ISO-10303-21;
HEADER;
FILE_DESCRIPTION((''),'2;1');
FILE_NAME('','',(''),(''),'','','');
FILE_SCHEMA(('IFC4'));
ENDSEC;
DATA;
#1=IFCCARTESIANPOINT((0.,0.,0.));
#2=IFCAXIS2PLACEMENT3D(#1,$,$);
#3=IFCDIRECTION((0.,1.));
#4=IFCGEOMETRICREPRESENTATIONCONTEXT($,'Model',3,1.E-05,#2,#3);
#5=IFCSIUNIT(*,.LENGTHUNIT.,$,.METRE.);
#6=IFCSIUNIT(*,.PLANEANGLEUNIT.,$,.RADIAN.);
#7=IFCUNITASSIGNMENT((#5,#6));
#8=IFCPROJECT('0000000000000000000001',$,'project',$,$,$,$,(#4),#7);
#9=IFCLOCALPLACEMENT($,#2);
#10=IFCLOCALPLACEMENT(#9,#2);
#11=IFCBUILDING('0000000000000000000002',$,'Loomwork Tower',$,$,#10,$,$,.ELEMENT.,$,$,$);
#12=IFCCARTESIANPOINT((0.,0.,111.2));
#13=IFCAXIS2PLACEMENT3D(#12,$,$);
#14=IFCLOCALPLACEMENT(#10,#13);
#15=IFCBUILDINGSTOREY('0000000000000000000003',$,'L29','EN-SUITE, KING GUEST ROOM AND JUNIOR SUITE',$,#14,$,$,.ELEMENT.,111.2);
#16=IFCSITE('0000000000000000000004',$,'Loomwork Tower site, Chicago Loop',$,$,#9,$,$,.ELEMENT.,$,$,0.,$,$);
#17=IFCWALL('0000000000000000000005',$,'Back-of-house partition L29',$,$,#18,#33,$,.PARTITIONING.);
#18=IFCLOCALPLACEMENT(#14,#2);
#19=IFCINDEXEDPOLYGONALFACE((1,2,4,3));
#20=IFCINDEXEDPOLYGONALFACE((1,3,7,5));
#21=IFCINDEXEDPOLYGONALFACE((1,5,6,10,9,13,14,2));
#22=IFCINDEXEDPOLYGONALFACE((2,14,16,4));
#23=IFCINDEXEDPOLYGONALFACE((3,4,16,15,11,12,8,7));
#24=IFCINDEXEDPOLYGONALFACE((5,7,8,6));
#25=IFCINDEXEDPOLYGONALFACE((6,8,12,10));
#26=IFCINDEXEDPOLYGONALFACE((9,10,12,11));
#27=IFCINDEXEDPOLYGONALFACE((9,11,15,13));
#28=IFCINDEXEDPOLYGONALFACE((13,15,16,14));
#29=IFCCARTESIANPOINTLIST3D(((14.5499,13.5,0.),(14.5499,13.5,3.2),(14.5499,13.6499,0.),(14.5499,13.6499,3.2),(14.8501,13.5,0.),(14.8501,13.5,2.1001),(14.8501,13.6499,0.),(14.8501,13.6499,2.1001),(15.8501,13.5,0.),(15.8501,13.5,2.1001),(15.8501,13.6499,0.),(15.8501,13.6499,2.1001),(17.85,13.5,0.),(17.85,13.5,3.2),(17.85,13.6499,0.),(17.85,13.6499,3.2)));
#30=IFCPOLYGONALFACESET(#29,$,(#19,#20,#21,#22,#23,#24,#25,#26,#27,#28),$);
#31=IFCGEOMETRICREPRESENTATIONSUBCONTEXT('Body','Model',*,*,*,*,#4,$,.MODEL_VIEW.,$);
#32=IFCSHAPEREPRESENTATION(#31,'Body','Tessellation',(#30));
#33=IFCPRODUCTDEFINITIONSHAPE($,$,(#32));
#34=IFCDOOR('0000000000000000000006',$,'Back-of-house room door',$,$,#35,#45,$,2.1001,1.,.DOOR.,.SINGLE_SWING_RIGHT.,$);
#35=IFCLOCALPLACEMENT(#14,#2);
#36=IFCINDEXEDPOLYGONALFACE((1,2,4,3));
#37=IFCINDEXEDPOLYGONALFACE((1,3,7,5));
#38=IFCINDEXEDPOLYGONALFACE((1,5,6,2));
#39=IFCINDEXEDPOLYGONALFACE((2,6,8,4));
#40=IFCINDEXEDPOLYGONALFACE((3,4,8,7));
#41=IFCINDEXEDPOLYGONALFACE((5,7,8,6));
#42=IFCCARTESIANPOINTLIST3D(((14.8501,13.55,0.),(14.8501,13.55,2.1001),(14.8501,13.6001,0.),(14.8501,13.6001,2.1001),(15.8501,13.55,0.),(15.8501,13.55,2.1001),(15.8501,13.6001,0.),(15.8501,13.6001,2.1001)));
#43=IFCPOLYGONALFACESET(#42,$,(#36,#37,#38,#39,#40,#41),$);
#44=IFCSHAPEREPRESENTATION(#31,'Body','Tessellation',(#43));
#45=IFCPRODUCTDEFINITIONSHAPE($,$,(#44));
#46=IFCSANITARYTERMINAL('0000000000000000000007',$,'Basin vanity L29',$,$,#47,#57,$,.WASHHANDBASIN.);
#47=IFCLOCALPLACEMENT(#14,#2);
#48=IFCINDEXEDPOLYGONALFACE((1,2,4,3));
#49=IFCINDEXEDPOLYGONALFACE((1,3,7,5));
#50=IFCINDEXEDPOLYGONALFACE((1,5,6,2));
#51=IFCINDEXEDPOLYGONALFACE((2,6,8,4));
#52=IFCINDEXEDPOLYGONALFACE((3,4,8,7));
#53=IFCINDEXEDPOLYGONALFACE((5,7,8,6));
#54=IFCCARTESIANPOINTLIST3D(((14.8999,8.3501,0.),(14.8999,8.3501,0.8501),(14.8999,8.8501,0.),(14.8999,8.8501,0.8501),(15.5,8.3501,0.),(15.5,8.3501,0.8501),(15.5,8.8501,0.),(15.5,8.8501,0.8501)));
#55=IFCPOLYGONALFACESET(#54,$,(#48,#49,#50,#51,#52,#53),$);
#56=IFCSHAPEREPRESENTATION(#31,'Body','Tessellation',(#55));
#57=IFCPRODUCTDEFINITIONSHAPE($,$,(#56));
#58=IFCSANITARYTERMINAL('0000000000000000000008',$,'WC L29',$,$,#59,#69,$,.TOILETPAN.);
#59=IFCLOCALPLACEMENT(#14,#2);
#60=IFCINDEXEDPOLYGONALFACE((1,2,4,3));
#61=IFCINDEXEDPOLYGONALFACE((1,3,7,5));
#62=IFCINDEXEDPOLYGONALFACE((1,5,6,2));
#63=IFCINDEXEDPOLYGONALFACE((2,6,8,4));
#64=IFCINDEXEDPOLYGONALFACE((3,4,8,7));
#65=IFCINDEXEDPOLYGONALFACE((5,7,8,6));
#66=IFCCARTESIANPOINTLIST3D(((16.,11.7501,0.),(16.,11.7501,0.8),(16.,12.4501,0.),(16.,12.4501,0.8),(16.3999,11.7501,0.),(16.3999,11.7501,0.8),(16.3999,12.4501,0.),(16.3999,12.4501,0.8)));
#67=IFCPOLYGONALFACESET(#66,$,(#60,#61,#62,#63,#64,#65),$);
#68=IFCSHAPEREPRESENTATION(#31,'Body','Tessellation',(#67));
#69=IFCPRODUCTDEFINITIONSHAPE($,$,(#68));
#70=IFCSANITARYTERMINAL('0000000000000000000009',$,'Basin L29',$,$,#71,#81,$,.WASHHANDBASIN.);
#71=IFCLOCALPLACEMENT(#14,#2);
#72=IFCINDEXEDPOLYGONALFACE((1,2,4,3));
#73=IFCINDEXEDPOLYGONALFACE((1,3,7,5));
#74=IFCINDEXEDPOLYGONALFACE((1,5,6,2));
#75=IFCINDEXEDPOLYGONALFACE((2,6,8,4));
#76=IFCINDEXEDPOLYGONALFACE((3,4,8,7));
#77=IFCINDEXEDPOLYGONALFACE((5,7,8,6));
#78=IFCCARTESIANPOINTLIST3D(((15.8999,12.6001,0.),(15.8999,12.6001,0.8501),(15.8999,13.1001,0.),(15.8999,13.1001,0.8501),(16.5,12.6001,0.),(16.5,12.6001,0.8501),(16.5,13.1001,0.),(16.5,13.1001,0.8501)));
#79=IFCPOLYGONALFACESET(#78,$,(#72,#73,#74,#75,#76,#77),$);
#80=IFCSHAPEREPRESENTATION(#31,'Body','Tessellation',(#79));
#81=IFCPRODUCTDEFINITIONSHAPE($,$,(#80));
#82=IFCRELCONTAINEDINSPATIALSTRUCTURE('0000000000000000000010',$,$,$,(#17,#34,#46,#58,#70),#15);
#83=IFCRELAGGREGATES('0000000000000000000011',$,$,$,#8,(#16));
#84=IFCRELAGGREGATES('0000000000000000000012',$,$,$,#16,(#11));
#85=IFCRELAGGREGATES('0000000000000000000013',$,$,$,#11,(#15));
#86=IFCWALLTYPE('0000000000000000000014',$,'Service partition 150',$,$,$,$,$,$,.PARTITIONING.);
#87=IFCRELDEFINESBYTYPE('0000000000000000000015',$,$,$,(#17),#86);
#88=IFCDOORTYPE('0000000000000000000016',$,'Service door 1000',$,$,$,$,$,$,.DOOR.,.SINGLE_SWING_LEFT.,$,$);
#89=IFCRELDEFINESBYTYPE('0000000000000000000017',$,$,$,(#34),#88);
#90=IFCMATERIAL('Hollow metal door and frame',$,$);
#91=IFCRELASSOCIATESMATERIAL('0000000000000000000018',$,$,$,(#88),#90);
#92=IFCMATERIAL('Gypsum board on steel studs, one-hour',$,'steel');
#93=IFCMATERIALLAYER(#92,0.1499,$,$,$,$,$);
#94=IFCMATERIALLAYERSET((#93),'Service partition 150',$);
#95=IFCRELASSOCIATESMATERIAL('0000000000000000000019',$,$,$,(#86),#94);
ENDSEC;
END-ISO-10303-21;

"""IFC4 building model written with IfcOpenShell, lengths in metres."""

from ifc_helpers import new_model, si_unit, direction, frame, frame_2d, origin, origin_2d, place, context, subcontext, project, spatial, rectangle, extrude, material, layer, layer_set, type_object, element, fill, save


model = new_model("IFC4")

# Units and contexts
model_context = context("Model", 3, precision=1e-05, world=origin(), true_north=direction((0.0, 1.0)))
body_context = subcontext(model_context, "Body", "Model", "MODEL_VIEW")
ifc_project = project(units=[si_unit("LENGTHUNIT", "METRE"), si_unit("PLANEANGLEUNIT", "RADIAN")], contexts=[model_context])

# Site, building, storey
site_placement = place(None, origin())
site = spatial("IfcSite", under=ifc_project, at=site_placement, Name="Loomwork Tower site, Chicago Loop", CompositionType="ELEMENT", RefElevation=0.0)
building_placement = place(site_placement, origin())
building = spatial("IfcBuilding", under=site, at=building_placement, Name="Loomwork Tower", CompositionType="ELEMENT")
storey_placement = place(building_placement, frame((0.0, 0.0, 111.2)))
storey = spatial("IfcBuildingStorey", under=building, at=storey_placement, Name="L29", Description="EN-SUITE, KING GUEST ROOM AND JUNIOR SUITE", CompositionType="ELEMENT", Elevation=111.2)

# Shared definitions
ifc_material_1 = material(Name="Hollow metal door and frame")
door_type_1 = type_object("IfcDoorType", Name="Service door 1000", OperationType="SINGLE_SWING_LEFT", PredefinedType="DOOR", material=ifc_material_1)

# Wall, opening, door
ifc_material_2 = material(Name="Gypsum board on steel studs, one-hour", Category="steel")
ifc_layer_1 = layer(ifc_material_2, 0.1499)
ifc_layer_set_1 = layer_set([ifc_layer_1], Name="Service partition 150")
wall_type_1 = type_object("IfcWallType", Name="Service partition 150", PredefinedType="PARTITIONING", material=ifc_layer_set_1)
wall_1_placement = place(storey_placement, frame((14.55, 13.575, 0.0), z_axis=(0.0, 0.0, 1.0), x_axis=(1.0, 0.0, 0.0)))
wall_1 = element("IfcWall", 1, at=wall_1_placement, inside=storey, type_object=wall_type_1, Name="Back-of-house partition L29", PredefinedType="PARTITIONING", context=body_context, shape_type="SweptSolid", body=[
    extrude(rectangle(XDim=3.3, YDim=0.1499, at=frame_2d((1.6499, 0.0))), origin(), (0.0, 0.0, 1.0), 3.2),
])
opening_1_placement = place(wall_1_placement, frame((0.3, 0.0, 0.0)))
opening_1 = element("IfcOpeningElement", 2, at=opening_1_placement, cuts=wall_1, PredefinedType="OPENING", context=body_context, shape_type="SweptSolid", body=[
    extrude(rectangle(XDim=1.0, YDim=2.1001, at=frame_2d((0.5, 1.05))), frame((0.0, 0.085, 0.0), z_axis=(0.0, -1.0, 0.0), x_axis=(1.0, 0.0, 0.0)), (0.0, 0.0, 1.0), 0.1699),
])
door_1_placement = place(opening_1_placement, frame((1.0, 0.0, 0.0), z_axis=(0.0, 0.0, 1.0), x_axis=(-1.0, 0.0, 0.0)))
door_1 = element("IfcDoor", 3, at=door_1_placement, inside=storey, type_object=door_type_1, Name="Back-of-house room door", OperationType="SINGLE_SWING_RIGHT", OverallHeight=2.1001, OverallWidth=1.0, PredefinedType="DOOR", context=body_context, shape_type="SweptSolid", body=[
    extrude(rectangle(XDim=1.0, YDim=2.1001, at=frame_2d((0.5, 1.05))), frame((0.0, 0.0249, 0.0), z_axis=(0.0, -1.0, 0.0), x_axis=(1.0, 0.0, 0.0)), (0.0, 0.0, 1.0), 0.05),
])
fill(opening_1, door_1)

# Sanitary terminals
sanitary_terminal_1_placement = place(storey_placement, frame((15.2, 8.6001, 0.0), z_axis=(0.0, 0.0, 1.0), x_axis=(1.0, 0.0, 0.0)))
element("IfcSanitaryTerminal", 4, at=sanitary_terminal_1_placement, inside=storey, Name="Basin vanity L29", PredefinedType="WASHHANDBASIN", context=body_context, shape_type="SweptSolid", body=[
    extrude(rectangle(XDim=0.6001, YDim=0.5, at=origin_2d()), origin(), (0.0, 0.0, 1.0), 0.8501),
])
sanitary_terminal_2_placement = place(storey_placement, frame((16.2, 12.1001, 0.0), z_axis=(0.0, 0.0, 1.0), x_axis=(1.0, 0.0, 0.0)))
element("IfcSanitaryTerminal", 5, at=sanitary_terminal_2_placement, inside=storey, Name="WC L29", PredefinedType="TOILETPAN", context=body_context, shape_type="SweptSolid", body=[
    extrude(rectangle(XDim=0.3999, YDim=0.7, at=origin_2d()), origin(), (0.0, 0.0, 1.0), 0.8),
])
sanitary_terminal_3_placement = place(storey_placement, frame((16.2, 12.8501, 0.0), z_axis=(0.0, 0.0, 1.0), x_axis=(1.0, 0.0, 0.0)))
element("IfcSanitaryTerminal", 6, at=sanitary_terminal_3_placement, inside=storey, Name="Basin L29", PredefinedType="WASHHANDBASIN", context=body_context, shape_type="SweptSolid", body=[
    extrude(rectangle(XDim=0.6001, YDim=0.5, at=origin_2d()), origin(), (0.0, 0.0, 1.0), 0.8501),
])

save(model, "model.ifc")
